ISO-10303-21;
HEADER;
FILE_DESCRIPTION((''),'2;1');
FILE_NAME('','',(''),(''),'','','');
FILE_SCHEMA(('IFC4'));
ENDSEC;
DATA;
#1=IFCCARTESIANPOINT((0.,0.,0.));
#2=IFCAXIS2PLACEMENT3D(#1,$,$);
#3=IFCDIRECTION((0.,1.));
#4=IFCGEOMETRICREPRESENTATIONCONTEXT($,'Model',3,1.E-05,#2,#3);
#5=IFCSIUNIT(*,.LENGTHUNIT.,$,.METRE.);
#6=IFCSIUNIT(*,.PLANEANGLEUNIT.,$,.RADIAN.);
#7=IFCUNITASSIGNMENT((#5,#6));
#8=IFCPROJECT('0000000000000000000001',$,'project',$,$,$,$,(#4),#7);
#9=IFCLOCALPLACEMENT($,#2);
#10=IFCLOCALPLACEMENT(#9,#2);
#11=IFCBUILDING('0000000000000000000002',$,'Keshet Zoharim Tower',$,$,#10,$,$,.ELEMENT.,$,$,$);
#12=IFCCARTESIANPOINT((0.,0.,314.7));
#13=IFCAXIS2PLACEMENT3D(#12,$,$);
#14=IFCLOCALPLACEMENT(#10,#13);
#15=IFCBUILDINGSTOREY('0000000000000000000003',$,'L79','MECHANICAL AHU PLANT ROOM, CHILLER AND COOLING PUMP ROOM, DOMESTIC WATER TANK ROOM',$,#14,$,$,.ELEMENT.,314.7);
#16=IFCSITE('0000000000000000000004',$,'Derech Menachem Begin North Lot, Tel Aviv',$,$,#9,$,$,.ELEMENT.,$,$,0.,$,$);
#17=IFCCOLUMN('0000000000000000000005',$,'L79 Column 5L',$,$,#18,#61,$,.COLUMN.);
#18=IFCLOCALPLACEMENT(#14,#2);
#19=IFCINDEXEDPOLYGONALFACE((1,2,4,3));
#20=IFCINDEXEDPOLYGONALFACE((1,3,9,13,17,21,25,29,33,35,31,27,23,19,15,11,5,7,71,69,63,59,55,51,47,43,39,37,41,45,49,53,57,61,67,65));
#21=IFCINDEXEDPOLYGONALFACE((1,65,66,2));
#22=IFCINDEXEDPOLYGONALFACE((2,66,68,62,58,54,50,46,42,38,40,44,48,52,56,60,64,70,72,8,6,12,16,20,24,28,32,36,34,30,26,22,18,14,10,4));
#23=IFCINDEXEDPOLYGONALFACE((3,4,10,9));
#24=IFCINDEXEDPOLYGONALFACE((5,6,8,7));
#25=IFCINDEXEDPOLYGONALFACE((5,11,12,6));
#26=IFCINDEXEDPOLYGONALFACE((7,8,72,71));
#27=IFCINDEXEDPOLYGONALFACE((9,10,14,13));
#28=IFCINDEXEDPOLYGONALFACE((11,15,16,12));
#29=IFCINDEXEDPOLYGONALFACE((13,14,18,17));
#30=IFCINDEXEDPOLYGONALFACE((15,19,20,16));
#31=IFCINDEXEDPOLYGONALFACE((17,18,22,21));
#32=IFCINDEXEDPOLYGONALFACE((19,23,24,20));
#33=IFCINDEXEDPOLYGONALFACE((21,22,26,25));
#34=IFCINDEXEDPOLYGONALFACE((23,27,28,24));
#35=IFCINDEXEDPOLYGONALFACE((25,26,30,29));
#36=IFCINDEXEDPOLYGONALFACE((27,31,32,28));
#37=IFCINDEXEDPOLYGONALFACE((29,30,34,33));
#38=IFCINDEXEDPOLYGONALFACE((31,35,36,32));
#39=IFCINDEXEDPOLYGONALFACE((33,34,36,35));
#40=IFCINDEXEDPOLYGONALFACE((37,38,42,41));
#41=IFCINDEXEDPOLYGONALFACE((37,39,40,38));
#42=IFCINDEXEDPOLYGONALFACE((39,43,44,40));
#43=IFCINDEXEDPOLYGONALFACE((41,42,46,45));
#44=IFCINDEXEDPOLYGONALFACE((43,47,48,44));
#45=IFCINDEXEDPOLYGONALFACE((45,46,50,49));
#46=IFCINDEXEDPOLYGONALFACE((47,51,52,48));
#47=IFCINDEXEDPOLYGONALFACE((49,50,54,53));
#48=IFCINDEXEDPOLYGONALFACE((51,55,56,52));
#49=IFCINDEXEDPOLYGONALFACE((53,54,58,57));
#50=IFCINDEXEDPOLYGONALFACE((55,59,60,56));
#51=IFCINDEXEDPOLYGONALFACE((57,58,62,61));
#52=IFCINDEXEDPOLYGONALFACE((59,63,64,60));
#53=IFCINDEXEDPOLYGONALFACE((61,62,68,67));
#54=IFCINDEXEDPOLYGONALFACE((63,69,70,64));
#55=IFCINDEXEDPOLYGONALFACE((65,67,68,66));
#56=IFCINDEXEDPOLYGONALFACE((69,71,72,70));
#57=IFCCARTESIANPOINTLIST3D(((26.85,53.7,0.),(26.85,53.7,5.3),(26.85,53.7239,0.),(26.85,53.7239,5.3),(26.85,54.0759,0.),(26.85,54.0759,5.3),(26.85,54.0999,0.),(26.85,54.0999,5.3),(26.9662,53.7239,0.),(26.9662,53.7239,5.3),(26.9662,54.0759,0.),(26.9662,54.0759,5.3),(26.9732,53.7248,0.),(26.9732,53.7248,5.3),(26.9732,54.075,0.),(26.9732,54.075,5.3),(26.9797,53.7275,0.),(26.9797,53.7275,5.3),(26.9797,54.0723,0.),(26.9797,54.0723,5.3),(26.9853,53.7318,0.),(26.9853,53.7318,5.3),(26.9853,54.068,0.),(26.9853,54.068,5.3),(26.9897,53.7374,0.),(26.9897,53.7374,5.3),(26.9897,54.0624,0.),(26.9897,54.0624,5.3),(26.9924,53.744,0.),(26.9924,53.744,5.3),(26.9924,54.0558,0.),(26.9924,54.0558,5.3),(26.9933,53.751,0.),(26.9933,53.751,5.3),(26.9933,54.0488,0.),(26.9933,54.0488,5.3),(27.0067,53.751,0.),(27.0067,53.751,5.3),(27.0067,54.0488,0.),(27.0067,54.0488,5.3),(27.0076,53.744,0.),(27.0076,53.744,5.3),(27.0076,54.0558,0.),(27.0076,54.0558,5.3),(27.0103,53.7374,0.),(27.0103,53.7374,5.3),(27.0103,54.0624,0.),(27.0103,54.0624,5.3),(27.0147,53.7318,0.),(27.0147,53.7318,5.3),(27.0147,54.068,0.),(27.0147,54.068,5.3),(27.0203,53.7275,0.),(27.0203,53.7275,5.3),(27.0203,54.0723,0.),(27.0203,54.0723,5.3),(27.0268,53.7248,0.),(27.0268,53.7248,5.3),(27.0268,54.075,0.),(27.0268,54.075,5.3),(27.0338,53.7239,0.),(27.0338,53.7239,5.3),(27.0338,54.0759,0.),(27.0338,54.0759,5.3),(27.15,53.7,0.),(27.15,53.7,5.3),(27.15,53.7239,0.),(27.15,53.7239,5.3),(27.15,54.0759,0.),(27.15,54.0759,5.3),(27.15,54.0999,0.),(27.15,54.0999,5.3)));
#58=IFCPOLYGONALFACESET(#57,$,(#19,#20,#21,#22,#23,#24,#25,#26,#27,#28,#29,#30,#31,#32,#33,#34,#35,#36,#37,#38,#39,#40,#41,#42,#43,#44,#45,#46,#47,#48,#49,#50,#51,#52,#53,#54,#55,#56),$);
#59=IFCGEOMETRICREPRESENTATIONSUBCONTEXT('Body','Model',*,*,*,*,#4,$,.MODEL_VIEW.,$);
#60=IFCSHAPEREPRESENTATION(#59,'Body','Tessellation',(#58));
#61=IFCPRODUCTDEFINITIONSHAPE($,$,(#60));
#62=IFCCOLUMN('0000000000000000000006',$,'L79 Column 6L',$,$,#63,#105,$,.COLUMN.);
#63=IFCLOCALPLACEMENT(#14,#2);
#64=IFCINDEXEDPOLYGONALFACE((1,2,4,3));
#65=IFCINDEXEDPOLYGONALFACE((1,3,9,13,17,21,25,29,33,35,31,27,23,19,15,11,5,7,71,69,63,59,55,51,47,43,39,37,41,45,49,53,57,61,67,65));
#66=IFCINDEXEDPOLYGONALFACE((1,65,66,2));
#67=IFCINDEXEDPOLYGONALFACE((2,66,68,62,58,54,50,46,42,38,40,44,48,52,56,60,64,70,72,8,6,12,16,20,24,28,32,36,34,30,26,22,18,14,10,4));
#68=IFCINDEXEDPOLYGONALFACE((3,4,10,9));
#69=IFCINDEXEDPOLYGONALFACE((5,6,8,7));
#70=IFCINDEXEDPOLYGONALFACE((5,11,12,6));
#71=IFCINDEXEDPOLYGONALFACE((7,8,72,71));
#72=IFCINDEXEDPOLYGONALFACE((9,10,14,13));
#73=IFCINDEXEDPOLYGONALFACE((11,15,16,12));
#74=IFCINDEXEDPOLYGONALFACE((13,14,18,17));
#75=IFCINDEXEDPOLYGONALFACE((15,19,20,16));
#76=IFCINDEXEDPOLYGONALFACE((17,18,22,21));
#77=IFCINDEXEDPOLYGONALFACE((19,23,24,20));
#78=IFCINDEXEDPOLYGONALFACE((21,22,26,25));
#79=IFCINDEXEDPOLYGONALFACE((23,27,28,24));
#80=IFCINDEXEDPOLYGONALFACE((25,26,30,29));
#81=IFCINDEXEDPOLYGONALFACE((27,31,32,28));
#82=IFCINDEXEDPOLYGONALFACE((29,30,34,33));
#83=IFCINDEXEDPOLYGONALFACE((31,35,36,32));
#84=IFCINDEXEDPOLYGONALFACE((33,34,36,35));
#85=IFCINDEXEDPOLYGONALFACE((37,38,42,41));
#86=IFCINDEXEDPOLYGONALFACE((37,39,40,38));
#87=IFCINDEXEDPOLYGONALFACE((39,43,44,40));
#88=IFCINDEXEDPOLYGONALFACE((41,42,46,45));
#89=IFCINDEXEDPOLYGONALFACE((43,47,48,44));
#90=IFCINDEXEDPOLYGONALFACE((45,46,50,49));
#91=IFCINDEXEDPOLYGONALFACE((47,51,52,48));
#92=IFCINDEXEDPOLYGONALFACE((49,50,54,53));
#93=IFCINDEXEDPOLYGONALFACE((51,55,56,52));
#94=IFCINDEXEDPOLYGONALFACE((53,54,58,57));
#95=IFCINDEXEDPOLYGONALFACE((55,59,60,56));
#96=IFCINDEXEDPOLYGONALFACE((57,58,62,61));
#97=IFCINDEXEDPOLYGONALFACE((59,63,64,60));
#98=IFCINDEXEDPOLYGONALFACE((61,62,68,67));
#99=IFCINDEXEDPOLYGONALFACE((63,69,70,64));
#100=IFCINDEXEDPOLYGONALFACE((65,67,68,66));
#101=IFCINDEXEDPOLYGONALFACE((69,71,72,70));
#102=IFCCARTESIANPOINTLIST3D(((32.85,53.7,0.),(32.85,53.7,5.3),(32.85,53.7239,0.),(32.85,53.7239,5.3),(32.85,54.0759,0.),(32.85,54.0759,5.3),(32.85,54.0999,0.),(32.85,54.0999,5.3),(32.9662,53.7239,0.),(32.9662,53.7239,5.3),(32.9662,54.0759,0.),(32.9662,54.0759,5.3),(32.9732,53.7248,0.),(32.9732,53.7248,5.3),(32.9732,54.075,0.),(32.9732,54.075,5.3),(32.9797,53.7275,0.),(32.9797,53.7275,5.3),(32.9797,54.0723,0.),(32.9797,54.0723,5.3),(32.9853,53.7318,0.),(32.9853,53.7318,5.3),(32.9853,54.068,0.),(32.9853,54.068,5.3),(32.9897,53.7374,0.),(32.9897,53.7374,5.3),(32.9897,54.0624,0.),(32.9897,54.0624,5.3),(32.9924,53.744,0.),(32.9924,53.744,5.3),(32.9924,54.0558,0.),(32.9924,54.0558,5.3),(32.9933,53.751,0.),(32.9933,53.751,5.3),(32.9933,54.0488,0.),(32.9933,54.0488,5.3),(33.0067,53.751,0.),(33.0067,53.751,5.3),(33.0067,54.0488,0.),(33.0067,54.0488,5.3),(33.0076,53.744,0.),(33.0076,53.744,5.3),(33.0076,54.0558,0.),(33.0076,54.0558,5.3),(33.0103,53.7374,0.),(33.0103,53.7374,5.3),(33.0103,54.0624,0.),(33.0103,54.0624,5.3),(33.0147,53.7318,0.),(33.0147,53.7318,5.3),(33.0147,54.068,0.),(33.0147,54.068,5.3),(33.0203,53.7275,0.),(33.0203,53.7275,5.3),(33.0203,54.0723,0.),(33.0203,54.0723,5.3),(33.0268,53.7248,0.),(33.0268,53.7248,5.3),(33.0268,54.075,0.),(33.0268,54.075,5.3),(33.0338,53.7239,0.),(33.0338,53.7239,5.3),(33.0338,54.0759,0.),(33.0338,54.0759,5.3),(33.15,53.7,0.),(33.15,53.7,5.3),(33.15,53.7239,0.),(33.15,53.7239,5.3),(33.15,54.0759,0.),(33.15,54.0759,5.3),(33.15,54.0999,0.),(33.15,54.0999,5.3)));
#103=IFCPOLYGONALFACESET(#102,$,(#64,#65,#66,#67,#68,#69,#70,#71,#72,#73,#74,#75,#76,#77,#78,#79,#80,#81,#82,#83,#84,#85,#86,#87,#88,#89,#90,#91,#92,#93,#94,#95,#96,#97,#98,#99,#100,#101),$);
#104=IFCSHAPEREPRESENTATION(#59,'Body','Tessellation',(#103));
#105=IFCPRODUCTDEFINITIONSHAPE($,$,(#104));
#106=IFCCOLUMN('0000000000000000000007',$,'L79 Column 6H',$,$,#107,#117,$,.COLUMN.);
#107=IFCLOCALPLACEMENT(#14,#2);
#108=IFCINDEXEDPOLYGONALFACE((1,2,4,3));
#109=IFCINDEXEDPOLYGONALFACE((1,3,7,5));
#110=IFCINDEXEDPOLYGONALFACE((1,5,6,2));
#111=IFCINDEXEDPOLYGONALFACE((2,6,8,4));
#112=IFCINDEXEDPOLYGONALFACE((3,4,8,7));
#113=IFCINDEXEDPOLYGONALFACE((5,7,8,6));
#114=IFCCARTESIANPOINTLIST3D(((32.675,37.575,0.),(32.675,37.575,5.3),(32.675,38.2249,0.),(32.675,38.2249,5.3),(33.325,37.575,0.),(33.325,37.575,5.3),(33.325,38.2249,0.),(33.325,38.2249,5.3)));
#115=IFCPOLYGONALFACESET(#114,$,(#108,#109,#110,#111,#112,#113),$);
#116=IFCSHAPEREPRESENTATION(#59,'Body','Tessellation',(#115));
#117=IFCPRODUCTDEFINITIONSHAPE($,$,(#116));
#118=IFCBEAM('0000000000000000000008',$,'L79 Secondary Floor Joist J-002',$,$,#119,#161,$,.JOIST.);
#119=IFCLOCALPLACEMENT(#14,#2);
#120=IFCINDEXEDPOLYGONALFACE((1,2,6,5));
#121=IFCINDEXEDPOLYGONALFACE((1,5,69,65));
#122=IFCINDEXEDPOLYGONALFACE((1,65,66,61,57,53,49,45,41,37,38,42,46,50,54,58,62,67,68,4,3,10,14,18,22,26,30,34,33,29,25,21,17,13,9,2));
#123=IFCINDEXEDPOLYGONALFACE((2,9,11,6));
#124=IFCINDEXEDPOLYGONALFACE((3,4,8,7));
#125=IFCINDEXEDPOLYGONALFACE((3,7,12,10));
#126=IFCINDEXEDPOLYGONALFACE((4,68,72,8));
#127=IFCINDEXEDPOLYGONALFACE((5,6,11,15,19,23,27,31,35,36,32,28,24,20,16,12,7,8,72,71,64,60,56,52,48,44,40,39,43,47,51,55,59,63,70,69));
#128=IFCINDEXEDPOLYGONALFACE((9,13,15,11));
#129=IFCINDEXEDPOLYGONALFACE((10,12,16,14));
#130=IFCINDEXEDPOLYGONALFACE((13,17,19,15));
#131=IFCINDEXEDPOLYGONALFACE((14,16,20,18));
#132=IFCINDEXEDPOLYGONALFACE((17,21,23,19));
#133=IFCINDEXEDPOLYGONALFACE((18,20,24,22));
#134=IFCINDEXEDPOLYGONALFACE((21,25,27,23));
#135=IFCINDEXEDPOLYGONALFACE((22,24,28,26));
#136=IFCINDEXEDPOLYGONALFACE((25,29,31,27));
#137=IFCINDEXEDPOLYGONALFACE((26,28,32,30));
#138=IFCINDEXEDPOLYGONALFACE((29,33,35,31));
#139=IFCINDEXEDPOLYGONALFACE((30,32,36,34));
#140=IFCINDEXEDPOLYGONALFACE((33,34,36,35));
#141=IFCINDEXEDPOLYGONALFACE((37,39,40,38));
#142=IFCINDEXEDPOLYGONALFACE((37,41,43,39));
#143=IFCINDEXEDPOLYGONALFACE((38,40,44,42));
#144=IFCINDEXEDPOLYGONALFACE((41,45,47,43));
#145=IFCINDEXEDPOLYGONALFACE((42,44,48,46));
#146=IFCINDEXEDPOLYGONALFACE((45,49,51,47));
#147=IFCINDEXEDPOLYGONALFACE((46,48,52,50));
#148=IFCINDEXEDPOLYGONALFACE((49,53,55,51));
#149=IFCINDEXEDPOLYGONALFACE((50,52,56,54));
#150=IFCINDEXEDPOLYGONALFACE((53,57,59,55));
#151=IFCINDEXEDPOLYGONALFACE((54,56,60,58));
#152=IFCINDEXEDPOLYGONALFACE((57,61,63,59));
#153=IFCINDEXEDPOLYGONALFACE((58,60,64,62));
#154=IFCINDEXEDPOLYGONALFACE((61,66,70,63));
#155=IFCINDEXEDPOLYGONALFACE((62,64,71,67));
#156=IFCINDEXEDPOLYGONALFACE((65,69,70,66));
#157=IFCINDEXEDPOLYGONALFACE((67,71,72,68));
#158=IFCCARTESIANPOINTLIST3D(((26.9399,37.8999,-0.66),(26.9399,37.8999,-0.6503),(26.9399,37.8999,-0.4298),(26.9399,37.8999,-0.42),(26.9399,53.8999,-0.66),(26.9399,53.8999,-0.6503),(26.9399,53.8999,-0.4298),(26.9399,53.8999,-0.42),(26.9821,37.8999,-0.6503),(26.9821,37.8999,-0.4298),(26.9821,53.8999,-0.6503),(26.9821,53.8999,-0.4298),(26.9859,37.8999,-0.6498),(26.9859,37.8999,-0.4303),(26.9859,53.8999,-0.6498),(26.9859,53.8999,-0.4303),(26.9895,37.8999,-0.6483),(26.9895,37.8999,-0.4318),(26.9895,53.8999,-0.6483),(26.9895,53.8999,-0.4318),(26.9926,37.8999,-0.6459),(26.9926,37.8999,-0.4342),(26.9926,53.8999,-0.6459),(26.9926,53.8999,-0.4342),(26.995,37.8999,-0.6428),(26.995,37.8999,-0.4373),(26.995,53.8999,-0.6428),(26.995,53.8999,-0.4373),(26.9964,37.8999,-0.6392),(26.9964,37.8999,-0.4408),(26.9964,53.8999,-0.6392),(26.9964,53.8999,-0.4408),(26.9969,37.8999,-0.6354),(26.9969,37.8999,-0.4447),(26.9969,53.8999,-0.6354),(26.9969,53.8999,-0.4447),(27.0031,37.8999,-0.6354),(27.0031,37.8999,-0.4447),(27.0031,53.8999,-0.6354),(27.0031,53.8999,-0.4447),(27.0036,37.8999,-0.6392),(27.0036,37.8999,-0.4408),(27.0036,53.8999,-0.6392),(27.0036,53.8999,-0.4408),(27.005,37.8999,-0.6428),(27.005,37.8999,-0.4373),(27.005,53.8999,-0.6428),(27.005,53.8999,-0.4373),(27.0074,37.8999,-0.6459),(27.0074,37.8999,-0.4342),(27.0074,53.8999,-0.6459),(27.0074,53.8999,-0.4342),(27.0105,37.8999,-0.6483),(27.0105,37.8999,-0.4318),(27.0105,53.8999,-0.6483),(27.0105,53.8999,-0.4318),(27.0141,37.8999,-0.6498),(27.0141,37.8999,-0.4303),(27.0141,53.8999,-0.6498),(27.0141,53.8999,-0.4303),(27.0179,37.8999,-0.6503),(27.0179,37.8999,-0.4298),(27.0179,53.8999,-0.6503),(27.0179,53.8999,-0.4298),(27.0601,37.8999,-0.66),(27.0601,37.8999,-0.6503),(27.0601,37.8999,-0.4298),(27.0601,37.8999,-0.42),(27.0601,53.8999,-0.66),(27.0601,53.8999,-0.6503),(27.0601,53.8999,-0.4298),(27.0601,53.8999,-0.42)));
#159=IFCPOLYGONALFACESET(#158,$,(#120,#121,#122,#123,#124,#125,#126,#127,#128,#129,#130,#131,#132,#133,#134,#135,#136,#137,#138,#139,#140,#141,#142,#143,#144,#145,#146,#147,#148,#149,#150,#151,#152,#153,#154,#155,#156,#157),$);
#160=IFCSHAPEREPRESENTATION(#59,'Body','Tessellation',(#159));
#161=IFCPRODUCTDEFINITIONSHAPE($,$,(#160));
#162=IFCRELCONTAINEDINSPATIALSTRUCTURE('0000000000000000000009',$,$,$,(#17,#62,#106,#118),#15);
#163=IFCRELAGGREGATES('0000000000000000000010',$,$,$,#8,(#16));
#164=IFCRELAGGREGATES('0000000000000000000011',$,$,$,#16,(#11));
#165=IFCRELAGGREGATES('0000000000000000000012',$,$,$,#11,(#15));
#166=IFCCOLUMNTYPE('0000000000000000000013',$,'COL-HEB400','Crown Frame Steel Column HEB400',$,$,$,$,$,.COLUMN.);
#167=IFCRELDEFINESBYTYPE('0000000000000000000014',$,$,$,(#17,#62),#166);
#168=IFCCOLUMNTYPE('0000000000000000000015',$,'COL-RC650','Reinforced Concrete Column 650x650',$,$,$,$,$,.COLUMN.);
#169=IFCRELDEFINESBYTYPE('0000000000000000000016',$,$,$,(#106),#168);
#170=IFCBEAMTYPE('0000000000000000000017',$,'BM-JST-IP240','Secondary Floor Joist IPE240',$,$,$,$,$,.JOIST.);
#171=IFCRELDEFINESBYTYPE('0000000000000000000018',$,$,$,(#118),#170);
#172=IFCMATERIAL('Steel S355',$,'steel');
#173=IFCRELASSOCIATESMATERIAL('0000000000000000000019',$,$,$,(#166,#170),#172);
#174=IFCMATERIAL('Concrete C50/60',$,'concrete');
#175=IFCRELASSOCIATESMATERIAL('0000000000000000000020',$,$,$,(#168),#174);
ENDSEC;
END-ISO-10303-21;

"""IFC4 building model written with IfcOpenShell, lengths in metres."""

from ifc_helpers import new_model, si_unit, direction, frame, origin, origin_2d, place, context, subcontext, project, spatial, rectangle, i_section, extrude, material, material_profile, profile_set, type_object, element, save


model = new_model("IFC4")

# Units and contexts
model_context = context("Model", 3, precision=1e-05, world=origin(), true_north=direction((0.0, 1.0)))
body_context = subcontext(model_context, "Body", "Model", "MODEL_VIEW")
ifc_project = project(units=[si_unit("LENGTHUNIT", "METRE"), si_unit("PLANEANGLEUNIT", "RADIAN")], contexts=[model_context])

# Site, building, storey
site_placement = place(None, origin())
site = spatial("IfcSite", under=ifc_project, at=site_placement, Name="Derech Menachem Begin North Lot, Tel Aviv", CompositionType="ELEMENT", RefElevation=0.0)
building_placement = place(site_placement, origin())
building = spatial("IfcBuilding", under=site, at=building_placement, Name="Keshet Zoharim Tower", CompositionType="ELEMENT")
storey_placement = place(building_placement, frame((0.0, 0.0, 314.7)))
storey = spatial("IfcBuildingStorey", under=building, at=storey_placement, Name="L79", Description="MECHANICAL AHU PLANT ROOM, CHILLER AND COOLING PUMP ROOM, DOMESTIC WATER TANK ROOM", CompositionType="ELEMENT", Elevation=314.7)

# Columns
ifc_material_1 = material(Name="Steel S355", Category="steel")
ifc_material_profile_1 = material_profile(ifc_material_1, i_section(OverallWidth=0.3, OverallDepth=0.3999, WebThickness=0.0134, FlangeThickness=0.0239, FilletRadius=0.0271, at=origin_2d()), Name="HEB400")
ifc_profile_set_1 = profile_set([ifc_material_profile_1], Name="Steel S355")
column_type_1 = type_object("IfcColumnType", Name="COL-HEB400", Description="Crown Frame Steel Column HEB400", PredefinedType="COLUMN", material=ifc_profile_set_1)
for number, where, z_axis, x_axis, name in (
    (1, (27.0, 53.8999, 0.0), (0.0, 0.0, 1.0), (1.0, 0.0, 0.0), "L79 Column 5L"),
    (2, (33.0, 53.8999, 0.0), (0.0, 0.0, 1.0), (1.0, 0.0, 0.0), "L79 Column 6L"),
):
    element("IfcColumn", number, at=place(storey_placement, frame(where, z_axis=z_axis, x_axis=x_axis)), inside=storey, type_object=column_type_1, Name=name, PredefinedType="COLUMN", context=body_context, shape_type="SweptSolid", body=[
        extrude(i_section(OverallWidth=0.3, OverallDepth=0.3999, WebThickness=0.0134, FlangeThickness=0.0239, FilletRadius=0.0271, at=origin_2d()), origin(), (0.0, 0.0, 1.0), 5.3),
    ])
ifc_material_2 = material(Name="Concrete C50/60", Category="concrete")
ifc_material_profile_2 = material_profile(ifc_material_2, rectangle(XDim=0.6499, YDim=0.6499, at=origin_2d()), Name="RC650x650")
ifc_profile_set_2 = profile_set([ifc_material_profile_2], Name="Concrete C50/60")
column_type_2 = type_object("IfcColumnType", Name="COL-RC650", Description="Reinforced Concrete Column 650x650", PredefinedType="COLUMN", material=ifc_profile_set_2)
column_placement = place(storey_placement, frame((33.0, 37.8999, 0.0), z_axis=(0.0, 0.0, 1.0), x_axis=(1.0, 0.0, 0.0)))
element("IfcColumn", 3, at=column_placement, inside=storey, type_object=column_type_2, Name="L79 Column 6H", PredefinedType="COLUMN", context=body_context, shape_type="SweptSolid", body=[
    extrude(rectangle(XDim=0.6499, YDim=0.6499, at=origin_2d()), origin(), (0.0, 0.0, 1.0), 5.3),
])

# Beam
ifc_material_profile_3 = material_profile(ifc_material_1, i_section(OverallWidth=0.1201, OverallDepth=0.24, WebThickness=0.0061, FlangeThickness=0.0098, FilletRadius=0.0149, at=origin_2d()), Name="IPE240")
ifc_profile_set_3 = profile_set([ifc_material_profile_3], Name="Steel S355")
beam_type_1 = type_object("IfcBeamType", Name="BM-JST-IP240", Description="Secondary Floor Joist IPE240", PredefinedType="JOIST", material=ifc_profile_set_3)
beam_1_placement = place(storey_placement, frame((27.0, 37.8999, -0.54), z_axis=(0.0, 1.0, 0.0), x_axis=(-1.0, 0.0, 0.0)))
element("IfcBeam", 4, at=beam_1_placement, inside=storey, type_object=beam_type_1, Name="L79 Secondary Floor Joist J-002", PredefinedType="JOIST", context=body_context, shape_type="SweptSolid", body=[
    extrude(i_section(OverallWidth=0.1201, OverallDepth=0.24, WebThickness=0.0061, FlangeThickness=0.0098, FilletRadius=0.0149, at=origin_2d()), origin(), (0.0, 0.0, 1.0), 16.0),
])

save(model, "model.ifc")
